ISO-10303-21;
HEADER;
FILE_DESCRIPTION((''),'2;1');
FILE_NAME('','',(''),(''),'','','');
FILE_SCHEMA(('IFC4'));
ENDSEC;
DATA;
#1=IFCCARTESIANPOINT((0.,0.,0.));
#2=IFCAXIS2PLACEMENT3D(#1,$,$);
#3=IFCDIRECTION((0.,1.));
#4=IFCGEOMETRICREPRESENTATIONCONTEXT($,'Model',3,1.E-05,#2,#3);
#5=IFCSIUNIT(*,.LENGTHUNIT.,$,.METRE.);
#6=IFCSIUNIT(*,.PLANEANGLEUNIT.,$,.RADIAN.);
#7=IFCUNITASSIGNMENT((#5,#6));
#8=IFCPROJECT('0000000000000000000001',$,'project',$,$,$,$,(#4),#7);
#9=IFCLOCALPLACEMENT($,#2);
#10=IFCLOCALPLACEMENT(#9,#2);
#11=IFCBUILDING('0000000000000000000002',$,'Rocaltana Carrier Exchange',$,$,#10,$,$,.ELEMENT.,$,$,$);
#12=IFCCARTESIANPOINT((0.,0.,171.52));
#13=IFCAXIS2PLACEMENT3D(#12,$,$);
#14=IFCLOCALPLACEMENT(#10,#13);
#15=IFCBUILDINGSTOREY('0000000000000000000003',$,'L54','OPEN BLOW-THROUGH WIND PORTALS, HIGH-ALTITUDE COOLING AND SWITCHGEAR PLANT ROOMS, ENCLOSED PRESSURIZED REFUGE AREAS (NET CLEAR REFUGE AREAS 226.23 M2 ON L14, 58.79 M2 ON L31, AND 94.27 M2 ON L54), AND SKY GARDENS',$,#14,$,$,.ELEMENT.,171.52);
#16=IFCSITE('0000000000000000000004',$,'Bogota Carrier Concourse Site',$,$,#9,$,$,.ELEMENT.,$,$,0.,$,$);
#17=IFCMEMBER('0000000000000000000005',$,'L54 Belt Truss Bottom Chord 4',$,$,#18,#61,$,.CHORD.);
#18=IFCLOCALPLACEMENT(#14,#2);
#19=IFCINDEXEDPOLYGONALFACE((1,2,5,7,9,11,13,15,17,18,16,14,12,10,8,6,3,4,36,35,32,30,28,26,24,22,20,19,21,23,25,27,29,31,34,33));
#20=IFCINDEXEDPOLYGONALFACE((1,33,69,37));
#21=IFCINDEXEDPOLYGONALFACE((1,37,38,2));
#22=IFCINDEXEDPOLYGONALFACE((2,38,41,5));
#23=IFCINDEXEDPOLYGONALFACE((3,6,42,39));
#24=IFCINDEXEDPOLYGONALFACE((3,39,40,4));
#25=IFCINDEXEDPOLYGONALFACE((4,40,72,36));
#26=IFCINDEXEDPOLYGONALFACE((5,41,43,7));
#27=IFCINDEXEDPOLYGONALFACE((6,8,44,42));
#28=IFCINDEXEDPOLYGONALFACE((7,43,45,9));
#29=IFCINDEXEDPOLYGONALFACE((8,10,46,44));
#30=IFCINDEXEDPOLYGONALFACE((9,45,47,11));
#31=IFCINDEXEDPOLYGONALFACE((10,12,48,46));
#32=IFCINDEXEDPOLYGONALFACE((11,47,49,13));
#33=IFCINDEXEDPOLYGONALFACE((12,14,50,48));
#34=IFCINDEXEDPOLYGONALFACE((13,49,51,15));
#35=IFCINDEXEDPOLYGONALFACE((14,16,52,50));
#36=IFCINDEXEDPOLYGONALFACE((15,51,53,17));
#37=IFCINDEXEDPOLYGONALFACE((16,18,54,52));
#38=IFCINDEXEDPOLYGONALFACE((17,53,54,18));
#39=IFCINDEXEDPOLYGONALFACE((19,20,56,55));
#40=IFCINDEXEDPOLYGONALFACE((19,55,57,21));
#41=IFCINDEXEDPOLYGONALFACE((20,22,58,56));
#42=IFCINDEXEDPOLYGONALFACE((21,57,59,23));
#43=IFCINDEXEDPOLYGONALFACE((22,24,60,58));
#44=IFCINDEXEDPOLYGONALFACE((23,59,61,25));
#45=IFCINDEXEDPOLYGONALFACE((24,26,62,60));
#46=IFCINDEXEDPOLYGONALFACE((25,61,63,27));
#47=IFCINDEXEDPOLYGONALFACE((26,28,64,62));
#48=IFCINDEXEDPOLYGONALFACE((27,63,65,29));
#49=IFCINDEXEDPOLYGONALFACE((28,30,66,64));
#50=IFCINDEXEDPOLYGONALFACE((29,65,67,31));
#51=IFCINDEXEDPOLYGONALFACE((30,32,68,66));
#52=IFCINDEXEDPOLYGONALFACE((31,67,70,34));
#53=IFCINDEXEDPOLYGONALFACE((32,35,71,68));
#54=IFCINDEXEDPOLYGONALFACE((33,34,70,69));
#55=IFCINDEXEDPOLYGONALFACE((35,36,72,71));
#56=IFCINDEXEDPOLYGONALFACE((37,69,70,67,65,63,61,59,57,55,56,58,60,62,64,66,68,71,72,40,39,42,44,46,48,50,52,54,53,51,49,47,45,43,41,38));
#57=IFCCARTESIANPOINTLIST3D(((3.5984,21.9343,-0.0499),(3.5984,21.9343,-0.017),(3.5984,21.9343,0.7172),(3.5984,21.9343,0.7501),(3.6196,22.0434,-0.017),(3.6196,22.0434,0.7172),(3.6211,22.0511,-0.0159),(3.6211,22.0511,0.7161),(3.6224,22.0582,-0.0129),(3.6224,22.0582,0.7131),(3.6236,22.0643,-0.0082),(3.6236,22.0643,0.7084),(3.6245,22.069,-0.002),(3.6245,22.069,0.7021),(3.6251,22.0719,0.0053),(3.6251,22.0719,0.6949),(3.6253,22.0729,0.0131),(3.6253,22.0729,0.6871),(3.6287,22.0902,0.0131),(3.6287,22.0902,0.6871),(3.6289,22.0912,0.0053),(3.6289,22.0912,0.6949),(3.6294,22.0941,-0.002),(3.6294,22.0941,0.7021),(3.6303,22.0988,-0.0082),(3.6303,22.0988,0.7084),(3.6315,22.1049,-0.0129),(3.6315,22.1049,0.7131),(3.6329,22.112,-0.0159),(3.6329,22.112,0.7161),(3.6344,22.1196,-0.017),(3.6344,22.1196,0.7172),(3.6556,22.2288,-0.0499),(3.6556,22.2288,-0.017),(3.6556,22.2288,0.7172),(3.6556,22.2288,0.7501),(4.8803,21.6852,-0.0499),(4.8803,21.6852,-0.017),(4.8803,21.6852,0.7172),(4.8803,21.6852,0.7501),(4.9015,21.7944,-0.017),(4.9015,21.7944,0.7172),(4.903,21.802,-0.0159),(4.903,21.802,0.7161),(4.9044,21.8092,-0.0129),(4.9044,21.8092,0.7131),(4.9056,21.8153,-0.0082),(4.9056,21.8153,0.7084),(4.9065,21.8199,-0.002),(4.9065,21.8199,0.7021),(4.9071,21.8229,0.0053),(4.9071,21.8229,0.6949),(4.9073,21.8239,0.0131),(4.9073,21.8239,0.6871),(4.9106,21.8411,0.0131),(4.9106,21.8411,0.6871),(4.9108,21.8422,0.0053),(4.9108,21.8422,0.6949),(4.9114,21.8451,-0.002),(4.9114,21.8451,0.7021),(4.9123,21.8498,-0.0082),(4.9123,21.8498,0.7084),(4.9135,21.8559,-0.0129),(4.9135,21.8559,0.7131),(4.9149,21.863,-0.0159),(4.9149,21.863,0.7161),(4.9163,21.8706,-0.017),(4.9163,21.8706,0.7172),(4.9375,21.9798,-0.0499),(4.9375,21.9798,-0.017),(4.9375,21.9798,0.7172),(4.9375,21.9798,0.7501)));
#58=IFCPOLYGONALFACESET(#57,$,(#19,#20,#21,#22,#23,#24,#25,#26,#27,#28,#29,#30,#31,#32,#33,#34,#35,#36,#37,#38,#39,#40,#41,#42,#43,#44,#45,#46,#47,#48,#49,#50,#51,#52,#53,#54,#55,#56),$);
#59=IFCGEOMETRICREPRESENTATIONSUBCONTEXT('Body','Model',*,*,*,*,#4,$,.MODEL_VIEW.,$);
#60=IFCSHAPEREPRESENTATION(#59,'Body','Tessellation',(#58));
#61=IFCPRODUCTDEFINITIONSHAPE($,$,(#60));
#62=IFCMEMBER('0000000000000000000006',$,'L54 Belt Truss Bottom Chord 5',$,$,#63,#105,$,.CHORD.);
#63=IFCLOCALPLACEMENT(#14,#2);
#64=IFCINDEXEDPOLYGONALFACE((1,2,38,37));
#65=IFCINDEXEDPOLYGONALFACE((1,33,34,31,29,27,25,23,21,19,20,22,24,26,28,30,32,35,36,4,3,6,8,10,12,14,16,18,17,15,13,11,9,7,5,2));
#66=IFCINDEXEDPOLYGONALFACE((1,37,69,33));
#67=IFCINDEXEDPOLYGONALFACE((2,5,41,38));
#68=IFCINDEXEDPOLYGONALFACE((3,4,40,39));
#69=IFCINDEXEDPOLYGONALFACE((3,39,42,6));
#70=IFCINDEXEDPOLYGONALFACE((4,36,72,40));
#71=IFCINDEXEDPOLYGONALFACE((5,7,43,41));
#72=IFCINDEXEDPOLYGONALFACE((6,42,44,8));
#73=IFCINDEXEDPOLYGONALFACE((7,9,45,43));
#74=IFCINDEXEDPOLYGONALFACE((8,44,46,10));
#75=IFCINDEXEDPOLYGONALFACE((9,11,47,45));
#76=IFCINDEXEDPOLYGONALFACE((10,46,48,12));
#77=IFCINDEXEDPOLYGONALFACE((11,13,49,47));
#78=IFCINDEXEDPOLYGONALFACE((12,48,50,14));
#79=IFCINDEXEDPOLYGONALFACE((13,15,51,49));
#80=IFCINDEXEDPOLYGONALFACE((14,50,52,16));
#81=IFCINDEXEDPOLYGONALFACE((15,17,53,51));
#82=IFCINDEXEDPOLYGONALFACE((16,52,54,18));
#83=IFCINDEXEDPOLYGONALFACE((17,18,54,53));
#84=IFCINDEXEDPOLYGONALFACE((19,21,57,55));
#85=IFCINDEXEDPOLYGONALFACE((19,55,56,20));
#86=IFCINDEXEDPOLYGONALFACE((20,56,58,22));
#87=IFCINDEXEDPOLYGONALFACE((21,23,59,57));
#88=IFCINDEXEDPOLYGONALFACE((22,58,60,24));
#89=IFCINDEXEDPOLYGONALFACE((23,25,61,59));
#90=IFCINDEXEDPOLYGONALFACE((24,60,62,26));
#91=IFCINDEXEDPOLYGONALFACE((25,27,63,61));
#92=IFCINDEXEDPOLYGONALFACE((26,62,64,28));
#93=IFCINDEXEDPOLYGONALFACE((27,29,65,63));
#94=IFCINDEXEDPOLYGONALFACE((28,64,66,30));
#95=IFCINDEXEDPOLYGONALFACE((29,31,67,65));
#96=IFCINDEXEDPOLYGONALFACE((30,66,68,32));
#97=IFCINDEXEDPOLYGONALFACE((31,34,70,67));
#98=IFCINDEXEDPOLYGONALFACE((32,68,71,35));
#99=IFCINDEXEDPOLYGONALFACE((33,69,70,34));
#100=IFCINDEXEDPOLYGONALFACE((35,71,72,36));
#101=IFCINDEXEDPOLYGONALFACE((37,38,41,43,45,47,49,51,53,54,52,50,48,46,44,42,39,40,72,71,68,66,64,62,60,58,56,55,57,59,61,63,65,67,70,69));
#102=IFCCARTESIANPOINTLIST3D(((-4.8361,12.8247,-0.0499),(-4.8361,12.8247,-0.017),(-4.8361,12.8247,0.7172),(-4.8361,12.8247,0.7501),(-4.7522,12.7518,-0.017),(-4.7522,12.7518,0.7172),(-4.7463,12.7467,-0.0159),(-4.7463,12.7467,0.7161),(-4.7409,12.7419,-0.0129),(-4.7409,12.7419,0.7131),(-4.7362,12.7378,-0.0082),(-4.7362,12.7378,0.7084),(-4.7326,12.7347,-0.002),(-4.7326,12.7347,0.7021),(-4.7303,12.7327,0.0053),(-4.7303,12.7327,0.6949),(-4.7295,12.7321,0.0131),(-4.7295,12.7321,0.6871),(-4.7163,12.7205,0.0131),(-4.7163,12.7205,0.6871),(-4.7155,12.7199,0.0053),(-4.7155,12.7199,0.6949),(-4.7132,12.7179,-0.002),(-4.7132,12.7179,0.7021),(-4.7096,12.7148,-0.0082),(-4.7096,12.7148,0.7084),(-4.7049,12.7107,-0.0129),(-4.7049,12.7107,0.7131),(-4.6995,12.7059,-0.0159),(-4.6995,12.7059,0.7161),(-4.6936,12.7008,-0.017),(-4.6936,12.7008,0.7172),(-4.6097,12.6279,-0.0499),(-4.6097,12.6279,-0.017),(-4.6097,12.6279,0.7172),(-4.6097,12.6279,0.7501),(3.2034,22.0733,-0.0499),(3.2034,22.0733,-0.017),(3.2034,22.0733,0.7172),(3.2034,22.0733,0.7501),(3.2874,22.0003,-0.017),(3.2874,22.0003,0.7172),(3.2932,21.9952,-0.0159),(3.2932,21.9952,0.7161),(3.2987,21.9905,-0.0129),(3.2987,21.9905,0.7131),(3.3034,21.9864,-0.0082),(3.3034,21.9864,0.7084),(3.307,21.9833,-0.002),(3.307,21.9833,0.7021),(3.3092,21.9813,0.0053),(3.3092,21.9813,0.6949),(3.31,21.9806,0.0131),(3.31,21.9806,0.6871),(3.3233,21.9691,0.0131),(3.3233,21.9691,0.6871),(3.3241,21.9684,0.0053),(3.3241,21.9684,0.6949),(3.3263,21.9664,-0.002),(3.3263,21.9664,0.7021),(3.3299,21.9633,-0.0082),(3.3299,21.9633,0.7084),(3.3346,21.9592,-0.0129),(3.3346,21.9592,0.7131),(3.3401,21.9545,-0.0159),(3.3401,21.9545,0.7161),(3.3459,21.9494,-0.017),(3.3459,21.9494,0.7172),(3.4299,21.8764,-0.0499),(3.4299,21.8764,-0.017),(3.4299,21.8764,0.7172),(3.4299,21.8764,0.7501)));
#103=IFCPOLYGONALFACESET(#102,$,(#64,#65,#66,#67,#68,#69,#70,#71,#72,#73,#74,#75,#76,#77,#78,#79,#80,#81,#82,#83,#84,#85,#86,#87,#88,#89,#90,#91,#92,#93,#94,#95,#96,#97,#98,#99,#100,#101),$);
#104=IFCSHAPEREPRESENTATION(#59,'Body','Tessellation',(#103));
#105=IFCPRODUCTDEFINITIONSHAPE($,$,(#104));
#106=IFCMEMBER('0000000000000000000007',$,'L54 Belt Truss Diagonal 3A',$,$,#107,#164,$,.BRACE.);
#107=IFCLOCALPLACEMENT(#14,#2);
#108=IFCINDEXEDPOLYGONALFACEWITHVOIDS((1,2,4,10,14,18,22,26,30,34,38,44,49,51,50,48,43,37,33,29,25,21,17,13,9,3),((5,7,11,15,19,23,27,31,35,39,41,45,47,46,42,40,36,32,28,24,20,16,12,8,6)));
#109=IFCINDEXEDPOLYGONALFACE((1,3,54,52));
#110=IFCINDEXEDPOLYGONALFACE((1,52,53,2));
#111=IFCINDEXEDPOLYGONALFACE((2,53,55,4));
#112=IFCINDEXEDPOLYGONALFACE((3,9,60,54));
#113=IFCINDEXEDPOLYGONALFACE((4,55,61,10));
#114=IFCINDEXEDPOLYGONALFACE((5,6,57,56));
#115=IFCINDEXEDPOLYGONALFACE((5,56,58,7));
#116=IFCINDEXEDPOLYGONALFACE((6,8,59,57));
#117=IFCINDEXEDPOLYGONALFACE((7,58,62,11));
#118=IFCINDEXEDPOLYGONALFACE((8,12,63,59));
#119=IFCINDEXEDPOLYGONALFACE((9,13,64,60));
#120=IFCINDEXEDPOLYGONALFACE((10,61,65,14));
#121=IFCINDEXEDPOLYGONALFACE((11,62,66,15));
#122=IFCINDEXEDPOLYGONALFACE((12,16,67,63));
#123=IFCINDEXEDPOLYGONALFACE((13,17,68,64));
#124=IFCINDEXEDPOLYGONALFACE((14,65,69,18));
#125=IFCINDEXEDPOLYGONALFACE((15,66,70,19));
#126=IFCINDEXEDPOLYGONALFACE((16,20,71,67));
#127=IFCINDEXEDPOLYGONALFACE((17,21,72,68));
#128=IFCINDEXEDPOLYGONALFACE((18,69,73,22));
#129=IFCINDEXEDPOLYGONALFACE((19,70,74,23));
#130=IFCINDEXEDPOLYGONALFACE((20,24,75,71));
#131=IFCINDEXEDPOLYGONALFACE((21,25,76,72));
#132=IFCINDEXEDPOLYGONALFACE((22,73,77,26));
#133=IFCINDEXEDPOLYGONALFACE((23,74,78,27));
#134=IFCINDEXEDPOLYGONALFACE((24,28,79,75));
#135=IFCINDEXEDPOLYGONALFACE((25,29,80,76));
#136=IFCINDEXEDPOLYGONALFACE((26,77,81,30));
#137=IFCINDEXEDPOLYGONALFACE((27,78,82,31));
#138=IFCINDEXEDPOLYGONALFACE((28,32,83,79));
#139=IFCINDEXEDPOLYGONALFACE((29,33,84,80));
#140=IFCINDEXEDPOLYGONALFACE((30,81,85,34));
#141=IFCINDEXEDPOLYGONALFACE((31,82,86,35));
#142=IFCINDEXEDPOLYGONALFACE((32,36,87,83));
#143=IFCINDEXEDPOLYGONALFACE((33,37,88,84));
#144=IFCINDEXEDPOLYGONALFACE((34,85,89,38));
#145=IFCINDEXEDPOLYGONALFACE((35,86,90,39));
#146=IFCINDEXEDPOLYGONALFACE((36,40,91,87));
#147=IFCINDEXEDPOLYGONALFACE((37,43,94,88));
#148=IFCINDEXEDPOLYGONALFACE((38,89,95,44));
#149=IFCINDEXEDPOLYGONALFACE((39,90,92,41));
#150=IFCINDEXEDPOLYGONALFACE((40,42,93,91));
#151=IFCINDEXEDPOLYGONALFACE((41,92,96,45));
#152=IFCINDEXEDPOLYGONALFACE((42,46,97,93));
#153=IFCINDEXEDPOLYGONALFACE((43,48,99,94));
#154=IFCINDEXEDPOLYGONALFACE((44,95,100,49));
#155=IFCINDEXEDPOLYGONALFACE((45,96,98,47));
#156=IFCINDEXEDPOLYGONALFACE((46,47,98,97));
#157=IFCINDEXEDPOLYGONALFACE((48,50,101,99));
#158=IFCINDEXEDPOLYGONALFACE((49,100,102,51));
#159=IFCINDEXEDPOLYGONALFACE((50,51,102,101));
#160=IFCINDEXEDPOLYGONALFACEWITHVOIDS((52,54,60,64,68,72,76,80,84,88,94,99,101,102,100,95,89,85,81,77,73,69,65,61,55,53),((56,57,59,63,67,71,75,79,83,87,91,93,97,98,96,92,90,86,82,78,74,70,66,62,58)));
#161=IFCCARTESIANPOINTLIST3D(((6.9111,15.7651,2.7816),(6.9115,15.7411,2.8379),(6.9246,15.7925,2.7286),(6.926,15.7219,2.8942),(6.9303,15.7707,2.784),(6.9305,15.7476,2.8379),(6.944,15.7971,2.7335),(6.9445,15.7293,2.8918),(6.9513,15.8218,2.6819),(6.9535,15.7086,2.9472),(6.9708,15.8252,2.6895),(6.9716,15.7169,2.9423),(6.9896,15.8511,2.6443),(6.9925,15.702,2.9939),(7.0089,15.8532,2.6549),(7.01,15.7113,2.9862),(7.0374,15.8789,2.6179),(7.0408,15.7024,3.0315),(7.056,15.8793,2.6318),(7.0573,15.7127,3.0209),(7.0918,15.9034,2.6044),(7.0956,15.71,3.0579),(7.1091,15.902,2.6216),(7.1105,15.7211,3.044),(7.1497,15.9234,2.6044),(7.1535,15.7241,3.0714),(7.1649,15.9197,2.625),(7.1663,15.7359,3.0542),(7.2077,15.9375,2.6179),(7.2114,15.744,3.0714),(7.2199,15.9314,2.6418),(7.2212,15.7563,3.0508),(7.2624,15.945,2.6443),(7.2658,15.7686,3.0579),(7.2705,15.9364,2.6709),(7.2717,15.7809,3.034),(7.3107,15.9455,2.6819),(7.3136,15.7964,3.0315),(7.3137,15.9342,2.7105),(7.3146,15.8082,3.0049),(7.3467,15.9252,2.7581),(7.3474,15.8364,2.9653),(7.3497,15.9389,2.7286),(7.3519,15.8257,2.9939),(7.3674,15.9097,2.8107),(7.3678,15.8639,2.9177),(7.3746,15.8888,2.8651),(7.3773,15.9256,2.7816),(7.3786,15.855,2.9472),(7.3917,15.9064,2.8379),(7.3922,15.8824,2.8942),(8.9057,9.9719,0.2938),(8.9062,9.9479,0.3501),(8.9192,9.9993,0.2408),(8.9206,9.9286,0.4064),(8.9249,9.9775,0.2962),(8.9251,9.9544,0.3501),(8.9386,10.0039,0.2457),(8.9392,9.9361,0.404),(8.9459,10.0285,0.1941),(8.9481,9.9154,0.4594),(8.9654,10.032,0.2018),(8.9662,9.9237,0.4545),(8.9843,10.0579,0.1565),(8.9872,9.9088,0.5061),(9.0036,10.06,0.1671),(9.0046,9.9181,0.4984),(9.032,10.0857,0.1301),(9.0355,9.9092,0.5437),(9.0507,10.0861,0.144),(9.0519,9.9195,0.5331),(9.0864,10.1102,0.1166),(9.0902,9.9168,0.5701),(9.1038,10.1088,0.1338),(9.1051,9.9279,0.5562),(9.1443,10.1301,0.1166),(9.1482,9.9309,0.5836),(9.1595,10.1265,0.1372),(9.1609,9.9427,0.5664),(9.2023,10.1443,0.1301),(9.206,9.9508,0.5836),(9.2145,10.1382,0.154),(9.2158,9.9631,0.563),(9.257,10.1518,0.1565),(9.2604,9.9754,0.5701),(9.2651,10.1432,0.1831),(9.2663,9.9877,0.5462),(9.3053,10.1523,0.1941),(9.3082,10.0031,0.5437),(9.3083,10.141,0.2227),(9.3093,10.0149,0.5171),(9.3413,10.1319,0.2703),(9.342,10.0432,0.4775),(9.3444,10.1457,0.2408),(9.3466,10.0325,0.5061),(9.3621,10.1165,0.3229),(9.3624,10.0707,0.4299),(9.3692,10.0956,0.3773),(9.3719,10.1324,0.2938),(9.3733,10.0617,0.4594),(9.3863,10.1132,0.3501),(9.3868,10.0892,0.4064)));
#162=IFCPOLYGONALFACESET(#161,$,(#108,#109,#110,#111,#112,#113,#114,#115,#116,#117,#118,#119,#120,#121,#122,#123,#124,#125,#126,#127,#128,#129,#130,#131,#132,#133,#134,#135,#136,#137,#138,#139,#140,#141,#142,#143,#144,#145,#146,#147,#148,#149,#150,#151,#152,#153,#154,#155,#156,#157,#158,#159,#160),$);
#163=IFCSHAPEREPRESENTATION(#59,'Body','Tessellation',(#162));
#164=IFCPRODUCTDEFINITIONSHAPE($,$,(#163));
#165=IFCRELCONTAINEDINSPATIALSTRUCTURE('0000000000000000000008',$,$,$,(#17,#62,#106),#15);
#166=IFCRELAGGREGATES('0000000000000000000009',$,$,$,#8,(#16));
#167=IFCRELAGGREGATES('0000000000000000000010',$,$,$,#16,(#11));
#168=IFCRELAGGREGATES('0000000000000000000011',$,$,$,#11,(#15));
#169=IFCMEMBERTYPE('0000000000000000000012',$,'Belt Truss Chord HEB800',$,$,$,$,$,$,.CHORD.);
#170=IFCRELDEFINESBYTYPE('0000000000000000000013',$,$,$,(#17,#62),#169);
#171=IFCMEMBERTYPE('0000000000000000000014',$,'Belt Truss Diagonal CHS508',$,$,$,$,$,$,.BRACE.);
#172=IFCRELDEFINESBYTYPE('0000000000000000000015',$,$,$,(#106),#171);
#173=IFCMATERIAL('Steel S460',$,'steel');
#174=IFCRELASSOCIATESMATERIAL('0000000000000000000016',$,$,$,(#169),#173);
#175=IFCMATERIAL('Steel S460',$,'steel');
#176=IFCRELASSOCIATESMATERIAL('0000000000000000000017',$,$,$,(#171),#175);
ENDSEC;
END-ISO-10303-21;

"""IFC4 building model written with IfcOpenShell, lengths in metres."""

from ifc_helpers import new_model, si_unit, direction, frame, origin, origin_2d, place, context, subcontext, project, spatial, hollow_circle, i_section, extrude, material, material_profile, profile_set, type_object, element, save


model = new_model("IFC4")

# Units and contexts
model_context = context("Model", 3, precision=1e-05, world=origin(), true_north=direction((0.0, 1.0)))
body_context = subcontext(model_context, "Body", "Model", "MODEL_VIEW")
ifc_project = project(units=[si_unit("LENGTHUNIT", "METRE"), si_unit("PLANEANGLEUNIT", "RADIAN")], contexts=[model_context])

# Site, building, storey
site_placement = place(None, origin())
site = spatial("IfcSite", under=ifc_project, at=site_placement, Name="Bogota Carrier Concourse Site", CompositionType="ELEMENT", RefElevation=0.0)
building_placement = place(site_placement, origin())
building = spatial("IfcBuilding", under=site, at=building_placement, Name="Rocaltana Carrier Exchange", CompositionType="ELEMENT")
storey_placement = place(building_placement, frame((0.0, 0.0, 171.52)))
storey = spatial("IfcBuildingStorey", under=building, at=storey_placement, Name="L54", Description="OPEN BLOW-THROUGH WIND PORTALS, HIGH-ALTITUDE COOLING AND SWITCHGEAR PLANT ROOMS, ENCLOSED PRESSURIZED REFUGE AREAS (NET CLEAR REFUGE AREAS 226.23 M2 ON L14, 58.79 M2 ON L31, AND 94.27 M2 ON L54), AND SKY GARDENS", CompositionType="ELEMENT", Elevation=171.52)

# Members
ifc_material_1 = material(Name="Steel S460", Category="steel")
ifc_material_profile_1 = material_profile(ifc_material_1, i_section(OverallWidth=0.3, OverallDepth=0.8, WebThickness=0.0176, FlangeThickness=0.033, FilletRadius=0.03, at=origin_2d()), Name="HEB800")
ifc_profile_set_1 = profile_set([ifc_material_profile_1], Name="Steel S460")
member_type_1 = type_object("IfcMemberType", Name="Belt Truss Chord HEB800", PredefinedType="CHORD", material=ifc_profile_set_1)
member_1_placement = place(storey_placement, frame((4.9089, 21.8325, 0.3501), z_axis=(-0.981651, 0.190685, 0.0), x_axis=(-0.190685, -0.981651, 0.0)))
element("IfcMember", 1, at=member_1_placement, inside=storey, type_object=member_type_1, Name="L54 Belt Truss Bottom Chord 4", PredefinedType="CHORD", context=body_context, shape_type="SweptSolid", body=[
    extrude(i_section(OverallWidth=0.3, OverallDepth=0.8, WebThickness=0.0176, FlangeThickness=0.033, FilletRadius=0.03, at=origin_2d()), origin(), (0.0, 0.0, 1.0), 1.3059),
])
member_2_placement = place(storey_placement, frame((3.3167, 21.9749, 0.3501), z_axis=(-0.656055, -0.754713, 0.0), x_axis=(0.754713, -0.656055, 0.0)))
element("IfcMember", 2, at=member_2_placement, inside=storey, type_object=member_type_1, Name="L54 Belt Truss Bottom Chord 5", PredefinedType="CHORD", context=body_context, shape_type="SweptSolid", body=[
    extrude(i_section(OverallWidth=0.3, OverallDepth=0.8, WebThickness=0.0176, FlangeThickness=0.033, FilletRadius=0.03, at=origin_2d()), origin(), (0.0, 0.0, 1.0), 12.2544),
])
ifc_material_2 = material(Name="Steel S460", Category="steel")
ifc_material_profile_2 = material_profile(ifc_material_2, hollow_circle(Radius=0.2539, WallThickness=0.02, at=origin_2d()), Name="CHS508X20")
ifc_profile_set_2 = profile_set([ifc_material_profile_2], Name="Steel S460")
member_type_2 = type_object("IfcMemberType", Name="Belt Truss Diagonal CHS508", PredefinedType="BRACE", material=ifc_profile_set_2)
member_3_placement = place(storey_placement, frame((9.1462, 10.0305, 0.3501), z_axis=(-0.301632, 0.876062, 0.376209), x_axis=(-0.945525, -0.325549, 0.0)))
element("IfcMember", 3, at=member_3_placement, inside=storey, type_object=member_type_2, Name="L54 Belt Truss Diagonal 3A", PredefinedType="BRACE", context=body_context, shape_type="SweptSolid", body=[
    extrude(hollow_circle(Radius=0.2539, WallThickness=0.02, at=origin_2d()), origin(), (0.0, 0.0, 1.0), 6.6128),
])

save(model, "model.ifc")
